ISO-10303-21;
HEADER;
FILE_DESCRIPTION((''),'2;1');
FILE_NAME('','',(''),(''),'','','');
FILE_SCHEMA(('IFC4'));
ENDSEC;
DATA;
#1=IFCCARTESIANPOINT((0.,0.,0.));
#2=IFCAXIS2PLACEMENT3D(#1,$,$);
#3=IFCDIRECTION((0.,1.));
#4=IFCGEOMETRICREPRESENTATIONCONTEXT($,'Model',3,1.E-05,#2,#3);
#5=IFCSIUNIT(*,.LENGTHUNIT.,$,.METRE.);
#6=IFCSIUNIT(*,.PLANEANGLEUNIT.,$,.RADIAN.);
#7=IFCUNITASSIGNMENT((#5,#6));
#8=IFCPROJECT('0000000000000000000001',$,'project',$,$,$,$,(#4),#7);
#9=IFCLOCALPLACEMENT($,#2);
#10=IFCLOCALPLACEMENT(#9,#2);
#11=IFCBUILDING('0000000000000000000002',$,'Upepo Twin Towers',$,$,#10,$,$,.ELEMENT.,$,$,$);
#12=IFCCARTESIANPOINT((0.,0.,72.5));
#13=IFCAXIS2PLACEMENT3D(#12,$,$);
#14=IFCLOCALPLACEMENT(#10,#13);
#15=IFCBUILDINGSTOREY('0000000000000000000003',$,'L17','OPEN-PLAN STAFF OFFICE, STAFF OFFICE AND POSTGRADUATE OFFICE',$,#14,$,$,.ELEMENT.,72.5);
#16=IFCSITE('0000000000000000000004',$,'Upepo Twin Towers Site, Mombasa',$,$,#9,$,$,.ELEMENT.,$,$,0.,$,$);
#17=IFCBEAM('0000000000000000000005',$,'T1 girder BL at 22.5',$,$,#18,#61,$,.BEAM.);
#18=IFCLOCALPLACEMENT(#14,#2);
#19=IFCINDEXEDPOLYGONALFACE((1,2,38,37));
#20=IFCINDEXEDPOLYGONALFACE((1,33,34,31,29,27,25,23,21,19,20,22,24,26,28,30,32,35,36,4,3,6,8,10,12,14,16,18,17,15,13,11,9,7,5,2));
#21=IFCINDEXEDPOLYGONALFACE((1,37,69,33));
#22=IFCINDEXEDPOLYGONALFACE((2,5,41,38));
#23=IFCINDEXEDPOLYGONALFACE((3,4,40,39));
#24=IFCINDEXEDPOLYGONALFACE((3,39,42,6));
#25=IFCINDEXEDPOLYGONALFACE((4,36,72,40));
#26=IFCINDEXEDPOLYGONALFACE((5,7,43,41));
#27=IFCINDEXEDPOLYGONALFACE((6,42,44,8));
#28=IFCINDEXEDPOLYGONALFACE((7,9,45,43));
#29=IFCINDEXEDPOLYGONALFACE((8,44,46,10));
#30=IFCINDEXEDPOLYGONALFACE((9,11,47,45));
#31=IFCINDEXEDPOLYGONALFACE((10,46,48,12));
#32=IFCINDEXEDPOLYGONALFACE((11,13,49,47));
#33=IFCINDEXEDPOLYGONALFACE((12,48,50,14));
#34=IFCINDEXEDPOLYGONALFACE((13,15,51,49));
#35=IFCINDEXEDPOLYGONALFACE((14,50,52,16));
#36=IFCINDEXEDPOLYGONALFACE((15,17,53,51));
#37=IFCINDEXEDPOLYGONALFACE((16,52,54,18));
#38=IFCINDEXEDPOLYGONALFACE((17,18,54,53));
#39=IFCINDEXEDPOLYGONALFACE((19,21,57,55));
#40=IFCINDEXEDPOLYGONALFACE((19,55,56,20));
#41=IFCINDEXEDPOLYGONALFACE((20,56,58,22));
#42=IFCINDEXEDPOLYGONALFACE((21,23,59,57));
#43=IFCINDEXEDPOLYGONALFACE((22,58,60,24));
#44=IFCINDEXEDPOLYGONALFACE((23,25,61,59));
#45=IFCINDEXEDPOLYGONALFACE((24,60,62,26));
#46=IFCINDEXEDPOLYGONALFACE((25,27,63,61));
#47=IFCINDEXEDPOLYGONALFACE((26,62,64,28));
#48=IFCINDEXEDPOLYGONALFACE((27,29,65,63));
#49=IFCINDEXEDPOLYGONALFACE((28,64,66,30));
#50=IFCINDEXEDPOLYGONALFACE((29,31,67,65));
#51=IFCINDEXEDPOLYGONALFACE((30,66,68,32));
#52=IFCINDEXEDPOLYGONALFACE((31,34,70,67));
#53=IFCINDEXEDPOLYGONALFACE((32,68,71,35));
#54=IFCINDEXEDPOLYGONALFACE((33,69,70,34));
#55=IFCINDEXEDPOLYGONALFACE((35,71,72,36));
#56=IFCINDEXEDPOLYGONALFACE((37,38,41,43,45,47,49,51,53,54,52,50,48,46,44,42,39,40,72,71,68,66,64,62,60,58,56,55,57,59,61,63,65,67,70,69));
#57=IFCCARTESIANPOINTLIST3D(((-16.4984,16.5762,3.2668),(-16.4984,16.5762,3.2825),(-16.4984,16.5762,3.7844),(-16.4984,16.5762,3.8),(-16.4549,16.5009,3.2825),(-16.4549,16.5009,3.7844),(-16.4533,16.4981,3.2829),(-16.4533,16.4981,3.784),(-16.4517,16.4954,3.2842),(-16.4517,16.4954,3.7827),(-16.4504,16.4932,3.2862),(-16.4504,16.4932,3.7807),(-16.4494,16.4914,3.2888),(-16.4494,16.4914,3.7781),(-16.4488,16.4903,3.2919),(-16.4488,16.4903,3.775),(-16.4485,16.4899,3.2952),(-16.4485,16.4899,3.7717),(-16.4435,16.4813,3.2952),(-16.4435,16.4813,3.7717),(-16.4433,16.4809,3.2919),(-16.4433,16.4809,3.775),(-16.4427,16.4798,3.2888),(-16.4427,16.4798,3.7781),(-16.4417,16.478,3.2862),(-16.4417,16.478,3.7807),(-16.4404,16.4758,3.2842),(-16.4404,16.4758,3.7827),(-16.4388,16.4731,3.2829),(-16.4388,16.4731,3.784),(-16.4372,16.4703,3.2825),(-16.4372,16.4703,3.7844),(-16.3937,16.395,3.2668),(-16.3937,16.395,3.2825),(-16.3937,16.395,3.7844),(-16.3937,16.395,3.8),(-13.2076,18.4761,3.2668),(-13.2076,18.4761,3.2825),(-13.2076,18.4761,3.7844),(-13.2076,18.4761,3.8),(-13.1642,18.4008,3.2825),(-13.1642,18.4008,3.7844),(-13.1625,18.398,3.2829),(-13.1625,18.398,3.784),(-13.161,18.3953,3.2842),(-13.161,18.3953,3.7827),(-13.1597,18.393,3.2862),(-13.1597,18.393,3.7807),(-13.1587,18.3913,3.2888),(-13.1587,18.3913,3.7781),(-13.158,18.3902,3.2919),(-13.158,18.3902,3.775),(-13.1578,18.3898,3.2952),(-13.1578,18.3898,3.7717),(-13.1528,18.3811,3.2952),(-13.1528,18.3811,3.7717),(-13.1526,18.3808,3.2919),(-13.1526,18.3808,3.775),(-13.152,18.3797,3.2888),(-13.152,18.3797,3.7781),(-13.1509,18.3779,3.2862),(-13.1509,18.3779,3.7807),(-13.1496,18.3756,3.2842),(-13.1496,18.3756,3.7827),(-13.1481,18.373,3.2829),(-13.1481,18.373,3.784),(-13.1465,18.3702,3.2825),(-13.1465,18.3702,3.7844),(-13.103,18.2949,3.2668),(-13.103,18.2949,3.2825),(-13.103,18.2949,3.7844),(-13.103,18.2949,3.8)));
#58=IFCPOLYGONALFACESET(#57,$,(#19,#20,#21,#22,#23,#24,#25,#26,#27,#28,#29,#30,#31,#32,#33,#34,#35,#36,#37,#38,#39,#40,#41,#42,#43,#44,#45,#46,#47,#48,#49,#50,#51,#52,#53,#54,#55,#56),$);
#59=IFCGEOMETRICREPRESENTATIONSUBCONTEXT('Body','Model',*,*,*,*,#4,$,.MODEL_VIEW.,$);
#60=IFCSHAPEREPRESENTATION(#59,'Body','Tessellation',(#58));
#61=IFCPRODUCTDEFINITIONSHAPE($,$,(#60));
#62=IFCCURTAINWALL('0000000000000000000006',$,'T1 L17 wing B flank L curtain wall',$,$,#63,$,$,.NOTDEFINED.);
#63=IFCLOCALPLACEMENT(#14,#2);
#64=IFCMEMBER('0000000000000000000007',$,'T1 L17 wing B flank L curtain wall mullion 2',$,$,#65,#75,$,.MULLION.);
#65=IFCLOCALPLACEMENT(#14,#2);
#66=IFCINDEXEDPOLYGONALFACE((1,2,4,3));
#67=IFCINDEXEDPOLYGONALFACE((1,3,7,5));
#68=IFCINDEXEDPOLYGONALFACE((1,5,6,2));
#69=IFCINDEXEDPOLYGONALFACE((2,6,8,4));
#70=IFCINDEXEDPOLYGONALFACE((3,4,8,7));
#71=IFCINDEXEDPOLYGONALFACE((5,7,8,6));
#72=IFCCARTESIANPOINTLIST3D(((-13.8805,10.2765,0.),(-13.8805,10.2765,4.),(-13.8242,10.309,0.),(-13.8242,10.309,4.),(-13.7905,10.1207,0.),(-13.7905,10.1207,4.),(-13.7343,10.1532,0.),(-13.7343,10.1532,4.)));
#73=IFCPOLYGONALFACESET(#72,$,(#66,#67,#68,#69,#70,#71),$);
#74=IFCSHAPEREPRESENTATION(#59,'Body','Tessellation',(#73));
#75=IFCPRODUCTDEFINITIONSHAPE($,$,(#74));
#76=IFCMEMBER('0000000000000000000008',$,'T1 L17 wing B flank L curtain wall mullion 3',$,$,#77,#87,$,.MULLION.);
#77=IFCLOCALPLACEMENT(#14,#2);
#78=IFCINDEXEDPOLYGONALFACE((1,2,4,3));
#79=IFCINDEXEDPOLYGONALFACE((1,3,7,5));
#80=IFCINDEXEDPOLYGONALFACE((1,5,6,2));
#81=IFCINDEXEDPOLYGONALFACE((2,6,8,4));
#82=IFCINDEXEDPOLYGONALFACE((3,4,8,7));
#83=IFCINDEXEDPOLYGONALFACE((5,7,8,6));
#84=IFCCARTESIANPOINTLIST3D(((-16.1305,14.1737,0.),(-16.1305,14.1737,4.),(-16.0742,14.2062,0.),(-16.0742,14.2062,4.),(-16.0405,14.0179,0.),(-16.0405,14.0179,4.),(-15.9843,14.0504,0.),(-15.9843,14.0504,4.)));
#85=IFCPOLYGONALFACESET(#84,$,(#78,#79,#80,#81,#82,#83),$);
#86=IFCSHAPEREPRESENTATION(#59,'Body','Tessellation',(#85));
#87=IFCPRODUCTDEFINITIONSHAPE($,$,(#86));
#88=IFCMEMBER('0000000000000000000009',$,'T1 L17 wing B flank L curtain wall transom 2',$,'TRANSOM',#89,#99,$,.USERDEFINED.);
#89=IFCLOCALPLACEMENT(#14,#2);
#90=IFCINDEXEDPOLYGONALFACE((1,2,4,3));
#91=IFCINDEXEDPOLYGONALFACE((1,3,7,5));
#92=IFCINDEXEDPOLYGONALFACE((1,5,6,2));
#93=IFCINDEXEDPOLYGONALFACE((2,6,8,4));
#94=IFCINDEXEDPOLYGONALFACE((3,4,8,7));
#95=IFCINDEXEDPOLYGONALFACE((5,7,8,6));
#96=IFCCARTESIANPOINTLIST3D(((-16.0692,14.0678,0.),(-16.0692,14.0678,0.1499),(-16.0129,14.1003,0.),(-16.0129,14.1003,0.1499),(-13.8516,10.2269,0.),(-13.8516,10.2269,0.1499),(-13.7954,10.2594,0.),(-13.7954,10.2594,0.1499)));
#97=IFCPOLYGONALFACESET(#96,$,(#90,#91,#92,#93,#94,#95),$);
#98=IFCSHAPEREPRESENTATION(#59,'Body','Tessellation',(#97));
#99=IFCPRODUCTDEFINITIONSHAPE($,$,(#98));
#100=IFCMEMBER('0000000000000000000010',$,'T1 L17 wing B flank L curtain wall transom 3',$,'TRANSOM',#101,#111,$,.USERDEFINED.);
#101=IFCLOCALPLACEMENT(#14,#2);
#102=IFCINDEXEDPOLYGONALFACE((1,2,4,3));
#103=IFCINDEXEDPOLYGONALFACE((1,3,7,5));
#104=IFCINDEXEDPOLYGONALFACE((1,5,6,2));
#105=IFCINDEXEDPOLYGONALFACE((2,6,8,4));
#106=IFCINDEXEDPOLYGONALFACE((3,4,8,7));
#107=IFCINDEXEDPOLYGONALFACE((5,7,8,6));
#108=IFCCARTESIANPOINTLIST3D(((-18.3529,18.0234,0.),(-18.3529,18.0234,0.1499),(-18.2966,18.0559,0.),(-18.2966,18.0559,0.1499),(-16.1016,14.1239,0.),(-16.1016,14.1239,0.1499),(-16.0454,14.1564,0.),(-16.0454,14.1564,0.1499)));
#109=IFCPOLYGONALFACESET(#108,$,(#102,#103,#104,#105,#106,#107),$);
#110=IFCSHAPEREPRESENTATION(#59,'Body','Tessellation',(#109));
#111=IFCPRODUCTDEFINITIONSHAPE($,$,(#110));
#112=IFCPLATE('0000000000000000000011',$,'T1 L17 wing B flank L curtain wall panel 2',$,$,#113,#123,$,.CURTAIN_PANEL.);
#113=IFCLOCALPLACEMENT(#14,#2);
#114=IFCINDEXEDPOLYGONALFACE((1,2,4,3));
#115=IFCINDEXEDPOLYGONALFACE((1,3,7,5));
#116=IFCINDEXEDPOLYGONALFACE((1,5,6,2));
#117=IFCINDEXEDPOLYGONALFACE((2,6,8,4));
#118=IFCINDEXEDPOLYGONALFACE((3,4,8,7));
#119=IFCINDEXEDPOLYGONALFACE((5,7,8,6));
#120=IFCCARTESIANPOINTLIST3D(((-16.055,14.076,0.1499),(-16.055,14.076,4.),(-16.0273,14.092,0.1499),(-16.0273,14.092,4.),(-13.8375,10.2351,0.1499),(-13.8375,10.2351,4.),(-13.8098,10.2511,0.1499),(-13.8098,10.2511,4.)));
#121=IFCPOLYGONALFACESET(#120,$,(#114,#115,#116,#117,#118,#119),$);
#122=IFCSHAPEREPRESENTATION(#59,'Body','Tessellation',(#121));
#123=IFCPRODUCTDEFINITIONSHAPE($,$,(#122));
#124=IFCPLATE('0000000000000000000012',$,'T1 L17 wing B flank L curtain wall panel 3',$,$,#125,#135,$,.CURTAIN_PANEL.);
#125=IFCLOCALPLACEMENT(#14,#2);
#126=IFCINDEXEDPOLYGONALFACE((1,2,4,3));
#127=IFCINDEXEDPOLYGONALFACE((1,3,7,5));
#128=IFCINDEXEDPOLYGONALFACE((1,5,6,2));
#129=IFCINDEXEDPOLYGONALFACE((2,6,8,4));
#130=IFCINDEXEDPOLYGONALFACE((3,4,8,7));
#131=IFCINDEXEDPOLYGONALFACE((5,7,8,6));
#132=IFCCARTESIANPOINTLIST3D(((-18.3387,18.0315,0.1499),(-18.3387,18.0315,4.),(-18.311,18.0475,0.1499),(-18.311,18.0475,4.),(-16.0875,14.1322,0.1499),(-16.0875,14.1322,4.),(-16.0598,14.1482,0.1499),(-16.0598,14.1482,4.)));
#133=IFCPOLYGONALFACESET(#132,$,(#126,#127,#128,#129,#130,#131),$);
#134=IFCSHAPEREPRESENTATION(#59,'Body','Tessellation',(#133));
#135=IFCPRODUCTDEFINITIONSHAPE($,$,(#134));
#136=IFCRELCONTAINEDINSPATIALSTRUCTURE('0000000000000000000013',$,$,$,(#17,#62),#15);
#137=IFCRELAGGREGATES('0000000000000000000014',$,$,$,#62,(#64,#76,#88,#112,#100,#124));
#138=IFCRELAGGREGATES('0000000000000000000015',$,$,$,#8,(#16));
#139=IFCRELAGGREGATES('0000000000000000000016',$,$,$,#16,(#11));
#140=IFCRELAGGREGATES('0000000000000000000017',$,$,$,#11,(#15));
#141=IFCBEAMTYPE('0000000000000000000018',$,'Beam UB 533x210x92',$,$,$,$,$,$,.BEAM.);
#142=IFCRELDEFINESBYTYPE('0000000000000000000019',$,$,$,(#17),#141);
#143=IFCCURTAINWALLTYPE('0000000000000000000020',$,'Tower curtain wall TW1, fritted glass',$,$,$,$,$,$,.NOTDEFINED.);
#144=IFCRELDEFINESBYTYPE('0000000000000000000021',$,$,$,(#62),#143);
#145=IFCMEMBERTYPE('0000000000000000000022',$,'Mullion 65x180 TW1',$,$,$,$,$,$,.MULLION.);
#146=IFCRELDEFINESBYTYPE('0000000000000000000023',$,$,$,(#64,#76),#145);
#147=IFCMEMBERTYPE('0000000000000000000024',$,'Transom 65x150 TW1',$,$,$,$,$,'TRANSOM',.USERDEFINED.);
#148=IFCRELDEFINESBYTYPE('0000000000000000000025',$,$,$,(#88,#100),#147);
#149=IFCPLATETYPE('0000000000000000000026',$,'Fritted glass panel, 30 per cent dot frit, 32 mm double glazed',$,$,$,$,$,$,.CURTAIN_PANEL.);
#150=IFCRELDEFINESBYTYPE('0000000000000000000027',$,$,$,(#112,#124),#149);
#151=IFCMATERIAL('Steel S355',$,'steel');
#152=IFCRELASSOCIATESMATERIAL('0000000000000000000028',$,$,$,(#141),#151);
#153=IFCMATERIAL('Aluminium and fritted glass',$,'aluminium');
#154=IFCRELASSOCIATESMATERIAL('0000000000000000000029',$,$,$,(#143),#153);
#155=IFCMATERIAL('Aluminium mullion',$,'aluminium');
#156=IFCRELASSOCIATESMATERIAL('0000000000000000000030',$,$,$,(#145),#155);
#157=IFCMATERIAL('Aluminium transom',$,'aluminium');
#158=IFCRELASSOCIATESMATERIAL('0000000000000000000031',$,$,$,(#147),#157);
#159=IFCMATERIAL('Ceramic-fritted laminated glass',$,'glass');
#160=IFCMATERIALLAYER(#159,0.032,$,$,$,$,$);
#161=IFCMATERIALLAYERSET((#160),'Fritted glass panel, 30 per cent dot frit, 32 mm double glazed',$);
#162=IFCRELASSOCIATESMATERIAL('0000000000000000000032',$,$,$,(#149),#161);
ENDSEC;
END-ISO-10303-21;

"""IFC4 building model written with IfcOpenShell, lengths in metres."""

from ifc_helpers import new_model, si_unit, direction, frame, origin, origin_2d, place, context, subcontext, project, spatial, rectangle, i_section, extrude, material, layer, layer_set, material_profile, profile_set, type_object, element, aggregate, save


model = new_model("IFC4")

# Units and contexts
model_context = context("Model", 3, precision=1e-05, world=origin(), true_north=direction((0.0, 1.0)))
body_context = subcontext(model_context, "Body", "Model", "MODEL_VIEW")
ifc_project = project(units=[si_unit("LENGTHUNIT", "METRE"), si_unit("PLANEANGLEUNIT", "RADIAN")], contexts=[model_context])

# Site, building, storey
site_placement = place(None, origin())
site = spatial("IfcSite", under=ifc_project, at=site_placement, Name="Upepo Twin Towers Site, Mombasa", CompositionType="ELEMENT", RefElevation=0.0)
building_placement = place(site_placement, origin())
building = spatial("IfcBuilding", under=site, at=building_placement, Name="Upepo Twin Towers", CompositionType="ELEMENT")
storey_placement = place(building_placement, frame((0.0, 0.0, 72.5)))
storey = spatial("IfcBuildingStorey", under=building, at=storey_placement, Name="L17", Description="OPEN-PLAN STAFF OFFICE, STAFF OFFICE AND POSTGRADUATE OFFICE", CompositionType="ELEMENT", Elevation=72.5)

# Beam
ifc_material_1 = material(Name="Steel S355", Category="steel")
ifc_material_profile_1 = material_profile(ifc_material_1, i_section(OverallWidth=0.2092, OverallDepth=0.5332, WebThickness=0.01, FlangeThickness=0.0156, FilletRadius=0.0127, at=origin_2d()), Name="UB 533x210x92")
ifc_profile_set_1 = profile_set([ifc_material_profile_1], Name="Steel S355")
beam_type_1 = type_object("IfcBeamType", Name="Beam UB 533x210x92", PredefinedType="BEAM", material=ifc_profile_set_1)
beam_1_placement = place(storey_placement, frame((-16.446, 16.4856, 3.5334), z_axis=(0.866028, 0.499995, 0.0), x_axis=(-0.499995, 0.866028, 0.0)))
element("IfcBeam", 1, at=beam_1_placement, inside=storey, type_object=beam_type_1, Name="T1 girder BL at 22.5", PredefinedType="BEAM", context=body_context, shape_type="SweptSolid", body=[
    extrude(i_section(OverallWidth=0.2092, OverallDepth=0.5332, WebThickness=0.01, FlangeThickness=0.0156, FilletRadius=0.0127, at=origin_2d()), origin(), (0.0, 0.0, 1.0), 3.7998),
])

# Curtain wall, members, plates
ifc_material_2 = material(Name="Aluminium and fritted glass", Category="aluminium")
curtain_wall_type = type_object("IfcCurtainWallType", Name="Tower curtain wall TW1, fritted glass", PredefinedType="NOTDEFINED", material=ifc_material_2)
curtain_wall_placement = place(storey_placement, origin())
curtain_wall = element("IfcCurtainWall", 2, at=curtain_wall_placement, inside=storey, type_object=curtain_wall_type, Name="T1 L17 wing B flank L curtain wall", PredefinedType="NOTDEFINED")
ifc_material_3 = material(Name="Aluminium mullion", Category="aluminium")
ifc_material_profile_2 = material_profile(ifc_material_3, rectangle(XDim=0.0649, YDim=0.1799, at=origin_2d()), Name="MULLION 65x180")
ifc_profile_set_2 = profile_set([ifc_material_profile_2], Name="Aluminium mullion")
member_type_1 = type_object("IfcMemberType", Name="Mullion 65x180 TW1", PredefinedType="MULLION", material=ifc_profile_set_2)
member_1_placement = place(storey_placement, frame((-13.8074, 10.2148, 0.0), z_axis=(0.0, 0.0, 1.0), x_axis=(-0.866025, -0.5, 0.0)))
member_1 = element("IfcMember", 3, at=member_1_placement, type_object=member_type_1, Name="T1 L17 wing B flank L curtain wall mullion 2", PredefinedType="MULLION", context=body_context, shape_type="SweptSolid", body=[
    extrude(rectangle(XDim=0.0649, YDim=0.1799, at=origin_2d()), origin(), (0.0, 0.0, 1.0), 4.0),
])
member_2_placement = place(storey_placement, frame((-16.0574, 14.1121, 0.0), z_axis=(0.0, 0.0, 1.0), x_axis=(-0.866025, -0.5, 0.0)))
member_2 = element("IfcMember", 4, at=member_2_placement, type_object=member_type_1, Name="T1 L17 wing B flank L curtain wall mullion 3", PredefinedType="MULLION", context=body_context, shape_type="SweptSolid", body=[
    extrude(rectangle(XDim=0.0649, YDim=0.1799, at=origin_2d()), origin(), (0.0, 0.0, 1.0), 4.0),
])
ifc_material_4 = material(Name="Aluminium transom", Category="aluminium")
ifc_material_profile_3 = material_profile(ifc_material_4, rectangle(XDim=0.0649, YDim=0.1499, at=origin_2d()), Name="TRANSOM 65x150")
ifc_profile_set_3 = profile_set([ifc_material_profile_3], Name="Aluminium transom")
member_type_2 = type_object("IfcMemberType", Name="Transom 65x150 TW1", ElementType="TRANSOM", PredefinedType="USERDEFINED", material=ifc_profile_set_3)
member_3_placement = place(storey_placement, frame((-13.8235, 10.2432, 0.075), z_axis=(-0.500005, 0.866022, 0.0), x_axis=(-0.866022, -0.500005, 0.0)))
member_3 = element("IfcMember", 5, at=member_3_placement, type_object=member_type_2, Name="T1 L17 wing B flank L curtain wall transom 2", ObjectType="TRANSOM", PredefinedType="USERDEFINED", context=body_context, shape_type="SweptSolid", body=[
    extrude(rectangle(XDim=0.0649, YDim=0.1499, at=origin_2d()), origin(), (0.0, 0.0, 1.0), 4.4351),
])
member_4_placement = place(storey_placement, frame((-16.0735, 14.1401, 0.075), z_axis=(-0.499982, 0.866036, 0.0), x_axis=(-0.866036, -0.499982, 0.0)))
member_4 = element("IfcMember", 6, at=member_4_placement, type_object=member_type_2, Name="T1 L17 wing B flank L curtain wall transom 3", ObjectType="TRANSOM", PredefinedType="USERDEFINED", context=body_context, shape_type="SweptSolid", body=[
    extrude(rectangle(XDim=0.0649, YDim=0.1499, at=origin_2d()), origin(), (0.0, 0.0, 1.0), 4.5027),
])
ifc_material_5 = material(Name="Ceramic-fritted laminated glass", Category="glass")
ifc_layer_1 = layer(ifc_material_5, 0.032)
ifc_layer_set_1 = layer_set([ifc_layer_1], Name="Fritted glass panel, 30 per cent dot frit, 32 mm double glazed")
plate_type = type_object("IfcPlateType", Name="Fritted glass panel, 30 per cent dot frit, 32 mm double glazed", PredefinedType="CURTAIN_PANEL", material=ifc_layer_set_1)
plate_1_placement = place(storey_placement, frame((-14.9324, 12.1636, 0.1499), z_axis=(0.0, 0.0, 1.0), x_axis=(-0.5, 0.866025, 0.0)))
plate_1 = element("IfcPlate", 7, at=plate_1_placement, type_object=plate_type, Name="T1 L17 wing B flank L curtain wall panel 2", PredefinedType="CURTAIN_PANEL", context=body_context, shape_type="SweptSolid", body=[
    extrude(rectangle(XDim=4.4351, YDim=0.032, at=origin_2d()), origin(), (0.0, 0.0, 1.0), 3.8501),
])
plate_2_placement = place(storey_placement, frame((-17.1992, 16.0898, 0.1499), z_axis=(0.0, 0.0, 1.0), x_axis=(-0.5, 0.866025, 0.0)))
plate_2 = element("IfcPlate", 8, at=plate_2_placement, type_object=plate_type, Name="T1 L17 wing B flank L curtain wall panel 3", PredefinedType="CURTAIN_PANEL", context=body_context, shape_type="SweptSolid", body=[
    extrude(rectangle(XDim=4.5024, YDim=0.032, at=origin_2d()), origin(), (0.0, 0.0, 1.0), 3.8501),
])
aggregate(curtain_wall, [member_1, member_2, member_3, plate_1, member_4, plate_2])

save(model, "model.ifc")
